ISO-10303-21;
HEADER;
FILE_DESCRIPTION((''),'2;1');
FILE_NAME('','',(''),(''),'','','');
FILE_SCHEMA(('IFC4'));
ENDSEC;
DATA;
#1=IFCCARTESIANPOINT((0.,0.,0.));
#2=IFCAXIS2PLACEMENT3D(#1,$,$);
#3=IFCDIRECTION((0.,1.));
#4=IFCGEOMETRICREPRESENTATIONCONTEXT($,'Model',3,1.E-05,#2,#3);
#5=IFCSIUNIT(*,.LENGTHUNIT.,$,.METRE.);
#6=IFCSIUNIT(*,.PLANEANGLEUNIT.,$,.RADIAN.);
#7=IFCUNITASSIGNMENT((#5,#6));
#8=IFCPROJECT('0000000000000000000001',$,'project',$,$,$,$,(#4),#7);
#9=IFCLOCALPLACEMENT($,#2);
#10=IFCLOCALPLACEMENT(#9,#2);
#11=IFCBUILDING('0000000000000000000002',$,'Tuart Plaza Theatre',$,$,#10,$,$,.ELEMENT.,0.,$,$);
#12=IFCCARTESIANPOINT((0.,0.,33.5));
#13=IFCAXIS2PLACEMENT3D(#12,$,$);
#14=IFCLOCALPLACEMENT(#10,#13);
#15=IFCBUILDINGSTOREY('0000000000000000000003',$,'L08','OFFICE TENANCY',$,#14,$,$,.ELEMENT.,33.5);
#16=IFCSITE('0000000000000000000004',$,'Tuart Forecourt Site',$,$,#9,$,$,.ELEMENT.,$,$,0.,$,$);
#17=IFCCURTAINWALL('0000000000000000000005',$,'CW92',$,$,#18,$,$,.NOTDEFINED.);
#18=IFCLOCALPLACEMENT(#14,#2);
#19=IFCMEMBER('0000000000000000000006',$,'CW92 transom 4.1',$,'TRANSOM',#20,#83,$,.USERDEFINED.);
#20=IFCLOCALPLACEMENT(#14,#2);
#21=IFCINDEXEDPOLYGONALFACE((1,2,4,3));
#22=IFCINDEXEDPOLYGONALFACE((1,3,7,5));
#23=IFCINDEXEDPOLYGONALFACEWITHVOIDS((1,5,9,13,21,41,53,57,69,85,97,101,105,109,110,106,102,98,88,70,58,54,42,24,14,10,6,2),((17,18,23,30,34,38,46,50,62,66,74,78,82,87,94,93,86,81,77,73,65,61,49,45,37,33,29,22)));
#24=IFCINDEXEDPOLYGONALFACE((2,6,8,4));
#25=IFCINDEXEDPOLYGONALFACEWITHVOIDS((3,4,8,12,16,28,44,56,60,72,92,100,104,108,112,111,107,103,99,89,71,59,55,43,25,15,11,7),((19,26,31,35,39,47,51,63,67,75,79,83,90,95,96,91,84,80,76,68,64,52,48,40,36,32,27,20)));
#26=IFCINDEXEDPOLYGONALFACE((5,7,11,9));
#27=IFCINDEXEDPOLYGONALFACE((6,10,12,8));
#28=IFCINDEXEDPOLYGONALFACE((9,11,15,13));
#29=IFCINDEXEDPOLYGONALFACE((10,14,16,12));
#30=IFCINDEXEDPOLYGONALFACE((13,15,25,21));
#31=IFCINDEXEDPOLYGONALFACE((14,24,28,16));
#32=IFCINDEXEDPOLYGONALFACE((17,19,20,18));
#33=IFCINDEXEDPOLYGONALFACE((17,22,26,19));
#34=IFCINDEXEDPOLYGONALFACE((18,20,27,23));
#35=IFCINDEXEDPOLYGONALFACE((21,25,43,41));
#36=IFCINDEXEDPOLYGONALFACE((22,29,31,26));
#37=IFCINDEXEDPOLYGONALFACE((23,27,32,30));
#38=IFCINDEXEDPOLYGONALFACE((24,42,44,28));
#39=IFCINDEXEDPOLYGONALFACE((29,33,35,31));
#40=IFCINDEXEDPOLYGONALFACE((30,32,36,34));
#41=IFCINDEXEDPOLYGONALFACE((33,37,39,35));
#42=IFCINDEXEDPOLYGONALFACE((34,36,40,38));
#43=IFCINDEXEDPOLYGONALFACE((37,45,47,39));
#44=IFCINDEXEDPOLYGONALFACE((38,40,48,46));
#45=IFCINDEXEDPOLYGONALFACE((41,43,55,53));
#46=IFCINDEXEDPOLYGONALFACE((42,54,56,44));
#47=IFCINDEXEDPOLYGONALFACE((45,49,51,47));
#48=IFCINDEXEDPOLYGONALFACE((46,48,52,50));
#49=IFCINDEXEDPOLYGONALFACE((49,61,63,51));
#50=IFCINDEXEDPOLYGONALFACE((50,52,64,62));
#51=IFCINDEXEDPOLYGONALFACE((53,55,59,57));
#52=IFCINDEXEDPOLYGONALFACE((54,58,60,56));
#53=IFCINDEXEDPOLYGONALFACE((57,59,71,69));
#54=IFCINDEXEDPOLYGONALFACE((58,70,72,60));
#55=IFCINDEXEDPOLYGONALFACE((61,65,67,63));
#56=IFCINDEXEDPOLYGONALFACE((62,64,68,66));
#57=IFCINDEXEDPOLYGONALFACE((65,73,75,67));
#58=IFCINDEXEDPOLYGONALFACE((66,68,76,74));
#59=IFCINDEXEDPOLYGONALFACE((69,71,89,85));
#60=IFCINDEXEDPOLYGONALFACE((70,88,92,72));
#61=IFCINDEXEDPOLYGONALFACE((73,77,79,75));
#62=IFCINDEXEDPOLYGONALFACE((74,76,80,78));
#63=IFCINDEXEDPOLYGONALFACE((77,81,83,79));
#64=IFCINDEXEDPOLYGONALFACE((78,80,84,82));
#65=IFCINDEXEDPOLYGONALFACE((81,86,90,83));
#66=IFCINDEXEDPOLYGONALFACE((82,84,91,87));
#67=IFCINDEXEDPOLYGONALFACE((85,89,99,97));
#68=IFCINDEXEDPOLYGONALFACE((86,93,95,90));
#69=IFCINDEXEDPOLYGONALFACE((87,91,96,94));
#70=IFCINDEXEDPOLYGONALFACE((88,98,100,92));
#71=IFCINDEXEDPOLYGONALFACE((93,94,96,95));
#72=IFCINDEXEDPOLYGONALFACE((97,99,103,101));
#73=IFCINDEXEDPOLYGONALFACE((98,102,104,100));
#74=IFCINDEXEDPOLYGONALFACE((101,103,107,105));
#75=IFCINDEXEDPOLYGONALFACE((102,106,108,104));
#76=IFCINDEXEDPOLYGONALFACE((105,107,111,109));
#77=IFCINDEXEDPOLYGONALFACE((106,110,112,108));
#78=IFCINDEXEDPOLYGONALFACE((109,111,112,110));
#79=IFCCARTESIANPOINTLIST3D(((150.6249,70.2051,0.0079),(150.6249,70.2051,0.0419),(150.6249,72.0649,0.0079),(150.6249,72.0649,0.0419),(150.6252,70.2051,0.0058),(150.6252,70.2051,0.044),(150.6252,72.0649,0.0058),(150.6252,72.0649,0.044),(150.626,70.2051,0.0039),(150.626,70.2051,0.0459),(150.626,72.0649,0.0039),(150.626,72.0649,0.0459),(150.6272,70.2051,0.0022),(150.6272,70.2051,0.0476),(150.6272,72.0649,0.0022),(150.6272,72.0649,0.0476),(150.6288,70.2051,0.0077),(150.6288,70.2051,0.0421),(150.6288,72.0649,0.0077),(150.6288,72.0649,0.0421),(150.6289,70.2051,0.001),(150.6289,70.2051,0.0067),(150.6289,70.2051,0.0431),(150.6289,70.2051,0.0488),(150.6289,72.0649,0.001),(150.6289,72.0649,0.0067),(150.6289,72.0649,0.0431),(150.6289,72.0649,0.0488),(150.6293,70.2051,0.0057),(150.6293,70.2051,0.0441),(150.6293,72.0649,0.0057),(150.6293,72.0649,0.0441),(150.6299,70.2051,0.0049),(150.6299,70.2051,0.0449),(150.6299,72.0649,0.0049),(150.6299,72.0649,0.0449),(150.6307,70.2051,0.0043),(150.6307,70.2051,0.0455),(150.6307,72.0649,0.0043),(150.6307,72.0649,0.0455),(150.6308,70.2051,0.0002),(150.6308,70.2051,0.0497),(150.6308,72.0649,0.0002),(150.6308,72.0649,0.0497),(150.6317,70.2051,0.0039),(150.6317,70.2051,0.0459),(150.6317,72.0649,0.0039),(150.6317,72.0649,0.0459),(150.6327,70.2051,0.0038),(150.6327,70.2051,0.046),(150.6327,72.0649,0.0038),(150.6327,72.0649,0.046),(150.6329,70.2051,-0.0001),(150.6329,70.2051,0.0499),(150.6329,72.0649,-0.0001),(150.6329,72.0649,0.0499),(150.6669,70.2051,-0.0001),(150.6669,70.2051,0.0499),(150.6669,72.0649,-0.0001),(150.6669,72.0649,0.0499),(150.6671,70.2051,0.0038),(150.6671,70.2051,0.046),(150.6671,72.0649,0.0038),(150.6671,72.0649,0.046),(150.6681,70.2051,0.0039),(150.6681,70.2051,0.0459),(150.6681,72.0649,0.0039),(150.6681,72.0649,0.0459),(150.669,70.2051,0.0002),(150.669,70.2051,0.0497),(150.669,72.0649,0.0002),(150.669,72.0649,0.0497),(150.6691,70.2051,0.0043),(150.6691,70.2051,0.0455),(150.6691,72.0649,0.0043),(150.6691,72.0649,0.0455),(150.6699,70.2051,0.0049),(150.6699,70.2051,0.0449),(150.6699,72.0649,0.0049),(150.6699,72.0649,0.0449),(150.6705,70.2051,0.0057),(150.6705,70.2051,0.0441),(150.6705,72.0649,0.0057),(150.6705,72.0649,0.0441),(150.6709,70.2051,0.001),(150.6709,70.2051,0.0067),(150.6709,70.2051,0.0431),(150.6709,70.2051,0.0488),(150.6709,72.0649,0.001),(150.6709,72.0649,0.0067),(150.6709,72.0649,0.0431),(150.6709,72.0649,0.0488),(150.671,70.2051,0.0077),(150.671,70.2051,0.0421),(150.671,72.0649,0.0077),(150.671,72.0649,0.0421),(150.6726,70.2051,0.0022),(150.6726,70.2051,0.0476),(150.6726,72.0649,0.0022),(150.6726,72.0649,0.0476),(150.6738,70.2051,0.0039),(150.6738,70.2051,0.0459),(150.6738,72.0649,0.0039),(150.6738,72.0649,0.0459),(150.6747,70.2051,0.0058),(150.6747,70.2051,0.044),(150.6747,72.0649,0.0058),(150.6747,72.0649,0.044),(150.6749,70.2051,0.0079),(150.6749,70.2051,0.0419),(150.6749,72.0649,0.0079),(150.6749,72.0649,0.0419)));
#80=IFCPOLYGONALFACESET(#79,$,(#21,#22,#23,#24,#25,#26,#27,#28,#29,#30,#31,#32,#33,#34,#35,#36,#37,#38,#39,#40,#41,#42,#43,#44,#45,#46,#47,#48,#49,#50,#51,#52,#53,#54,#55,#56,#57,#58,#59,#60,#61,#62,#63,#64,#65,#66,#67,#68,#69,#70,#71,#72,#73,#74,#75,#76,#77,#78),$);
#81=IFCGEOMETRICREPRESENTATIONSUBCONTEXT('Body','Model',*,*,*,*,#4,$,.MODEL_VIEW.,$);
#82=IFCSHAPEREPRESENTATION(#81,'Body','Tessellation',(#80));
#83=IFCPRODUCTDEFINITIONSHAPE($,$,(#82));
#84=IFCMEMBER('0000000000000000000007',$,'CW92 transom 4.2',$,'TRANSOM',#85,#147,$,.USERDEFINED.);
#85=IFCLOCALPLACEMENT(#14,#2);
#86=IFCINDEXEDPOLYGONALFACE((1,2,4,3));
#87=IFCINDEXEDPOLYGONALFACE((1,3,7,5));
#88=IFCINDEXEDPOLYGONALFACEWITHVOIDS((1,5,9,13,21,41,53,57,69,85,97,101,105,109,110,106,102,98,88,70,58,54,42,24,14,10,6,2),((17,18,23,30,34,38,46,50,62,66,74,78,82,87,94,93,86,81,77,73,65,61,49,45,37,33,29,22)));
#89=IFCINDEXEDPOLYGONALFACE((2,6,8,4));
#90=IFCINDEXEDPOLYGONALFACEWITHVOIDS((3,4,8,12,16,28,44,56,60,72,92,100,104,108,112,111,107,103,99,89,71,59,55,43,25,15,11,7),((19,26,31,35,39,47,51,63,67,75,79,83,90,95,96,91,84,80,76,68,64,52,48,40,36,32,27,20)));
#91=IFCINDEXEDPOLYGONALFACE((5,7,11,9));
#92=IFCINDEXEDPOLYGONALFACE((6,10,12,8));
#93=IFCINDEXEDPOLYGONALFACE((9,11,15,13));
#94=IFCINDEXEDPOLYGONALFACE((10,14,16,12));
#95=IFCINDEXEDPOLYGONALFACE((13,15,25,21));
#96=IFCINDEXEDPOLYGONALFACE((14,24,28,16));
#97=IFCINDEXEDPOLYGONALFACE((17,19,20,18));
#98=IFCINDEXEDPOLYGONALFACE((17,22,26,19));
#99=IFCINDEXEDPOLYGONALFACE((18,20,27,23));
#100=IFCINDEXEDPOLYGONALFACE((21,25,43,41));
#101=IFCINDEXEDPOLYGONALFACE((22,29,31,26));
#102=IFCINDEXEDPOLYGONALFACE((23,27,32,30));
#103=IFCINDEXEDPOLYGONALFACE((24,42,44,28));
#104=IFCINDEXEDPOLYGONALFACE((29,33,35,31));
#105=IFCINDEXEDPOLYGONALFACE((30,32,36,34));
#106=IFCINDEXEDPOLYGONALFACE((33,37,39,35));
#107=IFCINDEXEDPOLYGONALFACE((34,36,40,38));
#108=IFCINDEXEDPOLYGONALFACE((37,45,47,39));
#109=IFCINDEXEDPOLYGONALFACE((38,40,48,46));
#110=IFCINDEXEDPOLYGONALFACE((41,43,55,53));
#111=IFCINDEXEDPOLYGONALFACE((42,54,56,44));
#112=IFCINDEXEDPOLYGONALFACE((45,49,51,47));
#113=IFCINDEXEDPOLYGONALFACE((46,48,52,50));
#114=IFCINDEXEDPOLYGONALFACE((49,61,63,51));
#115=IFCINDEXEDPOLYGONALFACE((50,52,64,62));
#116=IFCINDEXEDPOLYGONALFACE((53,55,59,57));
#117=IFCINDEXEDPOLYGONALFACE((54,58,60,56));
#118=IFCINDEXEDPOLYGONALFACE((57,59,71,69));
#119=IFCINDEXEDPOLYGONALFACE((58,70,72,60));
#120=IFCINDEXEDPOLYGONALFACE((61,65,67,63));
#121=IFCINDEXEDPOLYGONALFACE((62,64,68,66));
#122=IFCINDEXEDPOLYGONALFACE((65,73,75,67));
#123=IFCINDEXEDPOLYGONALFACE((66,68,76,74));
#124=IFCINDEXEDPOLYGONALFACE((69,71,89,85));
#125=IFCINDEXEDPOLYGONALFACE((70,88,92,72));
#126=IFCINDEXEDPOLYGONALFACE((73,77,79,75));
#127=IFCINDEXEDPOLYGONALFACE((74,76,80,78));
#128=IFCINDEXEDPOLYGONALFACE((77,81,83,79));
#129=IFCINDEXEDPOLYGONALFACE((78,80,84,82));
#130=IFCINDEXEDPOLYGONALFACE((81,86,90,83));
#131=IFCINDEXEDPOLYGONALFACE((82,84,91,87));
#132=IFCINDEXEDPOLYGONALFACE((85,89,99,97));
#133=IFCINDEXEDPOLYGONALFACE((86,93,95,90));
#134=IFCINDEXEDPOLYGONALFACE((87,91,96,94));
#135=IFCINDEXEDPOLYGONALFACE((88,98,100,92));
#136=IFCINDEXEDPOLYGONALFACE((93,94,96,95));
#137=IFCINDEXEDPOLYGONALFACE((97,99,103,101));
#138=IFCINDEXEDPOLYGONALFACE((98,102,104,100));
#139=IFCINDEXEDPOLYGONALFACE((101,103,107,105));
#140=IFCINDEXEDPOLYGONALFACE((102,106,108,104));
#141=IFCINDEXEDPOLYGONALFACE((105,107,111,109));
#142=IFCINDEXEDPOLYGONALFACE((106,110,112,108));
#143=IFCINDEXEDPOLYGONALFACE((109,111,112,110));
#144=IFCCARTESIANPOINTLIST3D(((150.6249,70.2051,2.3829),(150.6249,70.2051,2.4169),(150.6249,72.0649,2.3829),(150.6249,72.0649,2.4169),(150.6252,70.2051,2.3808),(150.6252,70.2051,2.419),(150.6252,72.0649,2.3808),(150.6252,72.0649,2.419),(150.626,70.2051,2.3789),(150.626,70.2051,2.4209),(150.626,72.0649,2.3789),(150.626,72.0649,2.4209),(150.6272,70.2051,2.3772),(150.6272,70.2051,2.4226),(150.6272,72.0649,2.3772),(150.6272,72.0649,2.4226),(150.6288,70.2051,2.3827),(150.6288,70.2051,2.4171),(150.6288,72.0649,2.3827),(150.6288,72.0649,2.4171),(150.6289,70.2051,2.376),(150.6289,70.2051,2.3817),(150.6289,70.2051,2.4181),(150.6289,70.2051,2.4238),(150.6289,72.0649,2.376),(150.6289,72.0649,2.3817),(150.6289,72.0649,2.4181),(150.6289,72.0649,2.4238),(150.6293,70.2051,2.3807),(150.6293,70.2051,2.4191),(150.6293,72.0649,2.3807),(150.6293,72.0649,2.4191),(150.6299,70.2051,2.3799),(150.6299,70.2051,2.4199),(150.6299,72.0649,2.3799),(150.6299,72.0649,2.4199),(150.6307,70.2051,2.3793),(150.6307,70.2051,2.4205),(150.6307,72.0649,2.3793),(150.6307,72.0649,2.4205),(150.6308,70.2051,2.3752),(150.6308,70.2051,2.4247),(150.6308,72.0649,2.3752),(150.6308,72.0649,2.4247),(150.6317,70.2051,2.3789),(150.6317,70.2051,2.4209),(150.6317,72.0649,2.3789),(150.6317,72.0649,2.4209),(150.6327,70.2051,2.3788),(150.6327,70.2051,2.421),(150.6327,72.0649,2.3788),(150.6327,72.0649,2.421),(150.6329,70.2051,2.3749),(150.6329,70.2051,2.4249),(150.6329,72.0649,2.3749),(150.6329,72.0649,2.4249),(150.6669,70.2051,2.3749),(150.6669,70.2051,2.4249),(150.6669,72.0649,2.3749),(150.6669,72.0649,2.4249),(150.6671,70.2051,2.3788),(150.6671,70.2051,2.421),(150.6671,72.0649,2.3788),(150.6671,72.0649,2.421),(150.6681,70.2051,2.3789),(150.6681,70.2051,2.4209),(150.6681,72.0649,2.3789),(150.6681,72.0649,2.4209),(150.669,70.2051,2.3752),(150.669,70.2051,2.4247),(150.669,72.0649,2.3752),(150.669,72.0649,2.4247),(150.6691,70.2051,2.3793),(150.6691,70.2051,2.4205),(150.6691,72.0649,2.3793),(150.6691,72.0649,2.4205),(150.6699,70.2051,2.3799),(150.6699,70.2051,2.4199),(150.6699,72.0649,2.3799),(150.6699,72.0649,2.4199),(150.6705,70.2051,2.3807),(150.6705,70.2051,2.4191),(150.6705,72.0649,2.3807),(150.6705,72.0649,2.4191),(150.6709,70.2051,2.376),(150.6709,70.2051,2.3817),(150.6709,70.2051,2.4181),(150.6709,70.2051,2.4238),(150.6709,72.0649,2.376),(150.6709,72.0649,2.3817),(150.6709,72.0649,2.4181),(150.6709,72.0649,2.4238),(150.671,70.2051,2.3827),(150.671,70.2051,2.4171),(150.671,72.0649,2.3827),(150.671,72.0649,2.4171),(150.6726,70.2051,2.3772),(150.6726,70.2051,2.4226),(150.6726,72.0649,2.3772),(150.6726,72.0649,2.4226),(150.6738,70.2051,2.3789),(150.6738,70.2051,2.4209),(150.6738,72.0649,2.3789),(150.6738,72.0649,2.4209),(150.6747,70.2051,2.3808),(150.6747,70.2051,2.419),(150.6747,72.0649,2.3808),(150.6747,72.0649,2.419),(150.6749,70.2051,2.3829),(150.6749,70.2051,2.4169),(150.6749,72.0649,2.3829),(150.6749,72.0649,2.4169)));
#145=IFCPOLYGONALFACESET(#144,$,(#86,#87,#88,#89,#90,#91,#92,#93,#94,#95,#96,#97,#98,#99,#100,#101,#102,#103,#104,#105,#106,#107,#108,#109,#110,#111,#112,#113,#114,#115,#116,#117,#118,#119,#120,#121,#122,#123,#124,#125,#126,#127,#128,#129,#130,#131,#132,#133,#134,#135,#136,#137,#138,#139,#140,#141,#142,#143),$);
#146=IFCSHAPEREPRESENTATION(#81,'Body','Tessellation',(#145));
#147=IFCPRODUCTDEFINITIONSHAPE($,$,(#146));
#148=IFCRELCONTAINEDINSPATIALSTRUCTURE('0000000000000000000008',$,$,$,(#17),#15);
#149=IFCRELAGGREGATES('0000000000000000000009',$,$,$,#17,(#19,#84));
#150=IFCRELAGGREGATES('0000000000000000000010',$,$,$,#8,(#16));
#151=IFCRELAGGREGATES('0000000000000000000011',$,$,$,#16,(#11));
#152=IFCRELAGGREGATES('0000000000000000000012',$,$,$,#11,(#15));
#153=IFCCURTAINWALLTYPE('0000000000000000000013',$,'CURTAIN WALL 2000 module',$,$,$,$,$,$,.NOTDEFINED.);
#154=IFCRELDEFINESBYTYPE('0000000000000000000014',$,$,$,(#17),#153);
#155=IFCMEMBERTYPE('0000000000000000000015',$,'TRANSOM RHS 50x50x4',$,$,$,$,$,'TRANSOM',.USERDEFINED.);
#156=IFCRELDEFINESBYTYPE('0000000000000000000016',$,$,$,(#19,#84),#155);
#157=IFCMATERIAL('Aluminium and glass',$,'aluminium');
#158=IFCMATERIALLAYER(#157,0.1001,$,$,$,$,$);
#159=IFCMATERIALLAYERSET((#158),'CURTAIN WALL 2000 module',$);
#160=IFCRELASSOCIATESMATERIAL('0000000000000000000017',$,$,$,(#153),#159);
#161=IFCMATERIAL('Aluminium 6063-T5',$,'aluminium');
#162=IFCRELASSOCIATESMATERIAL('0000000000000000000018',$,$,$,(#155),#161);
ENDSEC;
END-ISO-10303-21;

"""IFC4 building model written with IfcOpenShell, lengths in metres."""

from ifc_helpers import new_model, si_unit, direction, frame, origin, origin_2d, place, context, subcontext, project, spatial, hollow_rectangle, extrude, material, layer, layer_set, material_profile, profile_set, type_object, element, aggregate, save


model = new_model("IFC4")

# Units and contexts
model_context = context("Model", 3, precision=1e-05, world=origin(), true_north=direction((0.0, 1.0)))
body_context = subcontext(model_context, "Body", "Model", "MODEL_VIEW")
ifc_project = project(units=[si_unit("LENGTHUNIT", "METRE"), si_unit("PLANEANGLEUNIT", "RADIAN")], contexts=[model_context])

# Site, building, storey
site_placement = place(None, origin())
site = spatial("IfcSite", under=ifc_project, at=site_placement, Name="Tuart Forecourt Site", CompositionType="ELEMENT", RefElevation=0.0)
building_placement = place(site_placement, origin())
building = spatial("IfcBuilding", under=site, at=building_placement, Name="Tuart Plaza Theatre", CompositionType="ELEMENT", ElevationOfRefHeight=0.0)
storey_placement = place(building_placement, frame((0.0, 0.0, 33.5)))
storey = spatial("IfcBuildingStorey", under=building, at=storey_placement, Name="L08", Description="OFFICE TENANCY", CompositionType="ELEMENT", Elevation=33.5)

# Curtain wall, members
ifc_material_1 = material(Name="Aluminium and glass", Category="aluminium")
ifc_layer_1 = layer(ifc_material_1, 0.1001)
ifc_layer_set_1 = layer_set([ifc_layer_1], Name="CURTAIN WALL 2000 module")
curtain_wall_type = type_object("IfcCurtainWallType", Name="CURTAIN WALL 2000 module", PredefinedType="NOTDEFINED", material=ifc_layer_set_1)
curtain_wall_placement = place(storey_placement, origin())
curtain_wall = element("IfcCurtainWall", 1, at=curtain_wall_placement, inside=storey, type_object=curtain_wall_type, Name="CW92", PredefinedType="NOTDEFINED")
ifc_material_2 = material(Name="Aluminium 6063-T5", Category="aluminium")
ifc_material_profile_1 = material_profile(ifc_material_2, hollow_rectangle(XDim=0.05, YDim=0.05, WallThickness=0.0039, InnerFilletRadius=0.0039, OuterFilletRadius=0.0081, at=origin_2d()), Name="RHS 50x50x4")
ifc_profile_set_1 = profile_set([ifc_material_profile_1], Name="Aluminium 6063-T5")
member_type_1 = type_object("IfcMemberType", Name="TRANSOM RHS 50x50x4", ElementType="TRANSOM", PredefinedType="USERDEFINED", material=ifc_profile_set_1)
member_1_placement = place(storey_placement, frame((150.6499, 70.2051, 0.0249), z_axis=(0.0, 1.0, 0.0), x_axis=(-1.0, 0.0, 0.0)))
member_1 = element("IfcMember", 2, at=member_1_placement, type_object=member_type_1, Name="CW92 transom 4.1", ObjectType="TRANSOM", PredefinedType="USERDEFINED", context=body_context, shape_type="SweptSolid", body=[
    extrude(hollow_rectangle(XDim=0.05, YDim=0.05, WallThickness=0.0039, InnerFilletRadius=0.0039, OuterFilletRadius=0.0081, at=origin_2d()), origin(), (0.0, 0.0, 1.0), 1.8599),
])
member_2_placement = place(storey_placement, frame((150.6499, 70.2051, 2.3999), z_axis=(0.0, 1.0, 0.0), x_axis=(-1.0, 0.0, 0.0)))
member_2 = element("IfcMember", 3, at=member_2_placement, type_object=member_type_1, Name="CW92 transom 4.2", ObjectType="TRANSOM", PredefinedType="USERDEFINED", context=body_context, shape_type="SweptSolid", body=[
    extrude(hollow_rectangle(XDim=0.05, YDim=0.05, WallThickness=0.0039, InnerFilletRadius=0.0039, OuterFilletRadius=0.0081, at=origin_2d()), origin(), (0.0, 0.0, 1.0), 1.8599),
])
aggregate(curtain_wall, [member_1, member_2])

save(model, "model.ifc")
